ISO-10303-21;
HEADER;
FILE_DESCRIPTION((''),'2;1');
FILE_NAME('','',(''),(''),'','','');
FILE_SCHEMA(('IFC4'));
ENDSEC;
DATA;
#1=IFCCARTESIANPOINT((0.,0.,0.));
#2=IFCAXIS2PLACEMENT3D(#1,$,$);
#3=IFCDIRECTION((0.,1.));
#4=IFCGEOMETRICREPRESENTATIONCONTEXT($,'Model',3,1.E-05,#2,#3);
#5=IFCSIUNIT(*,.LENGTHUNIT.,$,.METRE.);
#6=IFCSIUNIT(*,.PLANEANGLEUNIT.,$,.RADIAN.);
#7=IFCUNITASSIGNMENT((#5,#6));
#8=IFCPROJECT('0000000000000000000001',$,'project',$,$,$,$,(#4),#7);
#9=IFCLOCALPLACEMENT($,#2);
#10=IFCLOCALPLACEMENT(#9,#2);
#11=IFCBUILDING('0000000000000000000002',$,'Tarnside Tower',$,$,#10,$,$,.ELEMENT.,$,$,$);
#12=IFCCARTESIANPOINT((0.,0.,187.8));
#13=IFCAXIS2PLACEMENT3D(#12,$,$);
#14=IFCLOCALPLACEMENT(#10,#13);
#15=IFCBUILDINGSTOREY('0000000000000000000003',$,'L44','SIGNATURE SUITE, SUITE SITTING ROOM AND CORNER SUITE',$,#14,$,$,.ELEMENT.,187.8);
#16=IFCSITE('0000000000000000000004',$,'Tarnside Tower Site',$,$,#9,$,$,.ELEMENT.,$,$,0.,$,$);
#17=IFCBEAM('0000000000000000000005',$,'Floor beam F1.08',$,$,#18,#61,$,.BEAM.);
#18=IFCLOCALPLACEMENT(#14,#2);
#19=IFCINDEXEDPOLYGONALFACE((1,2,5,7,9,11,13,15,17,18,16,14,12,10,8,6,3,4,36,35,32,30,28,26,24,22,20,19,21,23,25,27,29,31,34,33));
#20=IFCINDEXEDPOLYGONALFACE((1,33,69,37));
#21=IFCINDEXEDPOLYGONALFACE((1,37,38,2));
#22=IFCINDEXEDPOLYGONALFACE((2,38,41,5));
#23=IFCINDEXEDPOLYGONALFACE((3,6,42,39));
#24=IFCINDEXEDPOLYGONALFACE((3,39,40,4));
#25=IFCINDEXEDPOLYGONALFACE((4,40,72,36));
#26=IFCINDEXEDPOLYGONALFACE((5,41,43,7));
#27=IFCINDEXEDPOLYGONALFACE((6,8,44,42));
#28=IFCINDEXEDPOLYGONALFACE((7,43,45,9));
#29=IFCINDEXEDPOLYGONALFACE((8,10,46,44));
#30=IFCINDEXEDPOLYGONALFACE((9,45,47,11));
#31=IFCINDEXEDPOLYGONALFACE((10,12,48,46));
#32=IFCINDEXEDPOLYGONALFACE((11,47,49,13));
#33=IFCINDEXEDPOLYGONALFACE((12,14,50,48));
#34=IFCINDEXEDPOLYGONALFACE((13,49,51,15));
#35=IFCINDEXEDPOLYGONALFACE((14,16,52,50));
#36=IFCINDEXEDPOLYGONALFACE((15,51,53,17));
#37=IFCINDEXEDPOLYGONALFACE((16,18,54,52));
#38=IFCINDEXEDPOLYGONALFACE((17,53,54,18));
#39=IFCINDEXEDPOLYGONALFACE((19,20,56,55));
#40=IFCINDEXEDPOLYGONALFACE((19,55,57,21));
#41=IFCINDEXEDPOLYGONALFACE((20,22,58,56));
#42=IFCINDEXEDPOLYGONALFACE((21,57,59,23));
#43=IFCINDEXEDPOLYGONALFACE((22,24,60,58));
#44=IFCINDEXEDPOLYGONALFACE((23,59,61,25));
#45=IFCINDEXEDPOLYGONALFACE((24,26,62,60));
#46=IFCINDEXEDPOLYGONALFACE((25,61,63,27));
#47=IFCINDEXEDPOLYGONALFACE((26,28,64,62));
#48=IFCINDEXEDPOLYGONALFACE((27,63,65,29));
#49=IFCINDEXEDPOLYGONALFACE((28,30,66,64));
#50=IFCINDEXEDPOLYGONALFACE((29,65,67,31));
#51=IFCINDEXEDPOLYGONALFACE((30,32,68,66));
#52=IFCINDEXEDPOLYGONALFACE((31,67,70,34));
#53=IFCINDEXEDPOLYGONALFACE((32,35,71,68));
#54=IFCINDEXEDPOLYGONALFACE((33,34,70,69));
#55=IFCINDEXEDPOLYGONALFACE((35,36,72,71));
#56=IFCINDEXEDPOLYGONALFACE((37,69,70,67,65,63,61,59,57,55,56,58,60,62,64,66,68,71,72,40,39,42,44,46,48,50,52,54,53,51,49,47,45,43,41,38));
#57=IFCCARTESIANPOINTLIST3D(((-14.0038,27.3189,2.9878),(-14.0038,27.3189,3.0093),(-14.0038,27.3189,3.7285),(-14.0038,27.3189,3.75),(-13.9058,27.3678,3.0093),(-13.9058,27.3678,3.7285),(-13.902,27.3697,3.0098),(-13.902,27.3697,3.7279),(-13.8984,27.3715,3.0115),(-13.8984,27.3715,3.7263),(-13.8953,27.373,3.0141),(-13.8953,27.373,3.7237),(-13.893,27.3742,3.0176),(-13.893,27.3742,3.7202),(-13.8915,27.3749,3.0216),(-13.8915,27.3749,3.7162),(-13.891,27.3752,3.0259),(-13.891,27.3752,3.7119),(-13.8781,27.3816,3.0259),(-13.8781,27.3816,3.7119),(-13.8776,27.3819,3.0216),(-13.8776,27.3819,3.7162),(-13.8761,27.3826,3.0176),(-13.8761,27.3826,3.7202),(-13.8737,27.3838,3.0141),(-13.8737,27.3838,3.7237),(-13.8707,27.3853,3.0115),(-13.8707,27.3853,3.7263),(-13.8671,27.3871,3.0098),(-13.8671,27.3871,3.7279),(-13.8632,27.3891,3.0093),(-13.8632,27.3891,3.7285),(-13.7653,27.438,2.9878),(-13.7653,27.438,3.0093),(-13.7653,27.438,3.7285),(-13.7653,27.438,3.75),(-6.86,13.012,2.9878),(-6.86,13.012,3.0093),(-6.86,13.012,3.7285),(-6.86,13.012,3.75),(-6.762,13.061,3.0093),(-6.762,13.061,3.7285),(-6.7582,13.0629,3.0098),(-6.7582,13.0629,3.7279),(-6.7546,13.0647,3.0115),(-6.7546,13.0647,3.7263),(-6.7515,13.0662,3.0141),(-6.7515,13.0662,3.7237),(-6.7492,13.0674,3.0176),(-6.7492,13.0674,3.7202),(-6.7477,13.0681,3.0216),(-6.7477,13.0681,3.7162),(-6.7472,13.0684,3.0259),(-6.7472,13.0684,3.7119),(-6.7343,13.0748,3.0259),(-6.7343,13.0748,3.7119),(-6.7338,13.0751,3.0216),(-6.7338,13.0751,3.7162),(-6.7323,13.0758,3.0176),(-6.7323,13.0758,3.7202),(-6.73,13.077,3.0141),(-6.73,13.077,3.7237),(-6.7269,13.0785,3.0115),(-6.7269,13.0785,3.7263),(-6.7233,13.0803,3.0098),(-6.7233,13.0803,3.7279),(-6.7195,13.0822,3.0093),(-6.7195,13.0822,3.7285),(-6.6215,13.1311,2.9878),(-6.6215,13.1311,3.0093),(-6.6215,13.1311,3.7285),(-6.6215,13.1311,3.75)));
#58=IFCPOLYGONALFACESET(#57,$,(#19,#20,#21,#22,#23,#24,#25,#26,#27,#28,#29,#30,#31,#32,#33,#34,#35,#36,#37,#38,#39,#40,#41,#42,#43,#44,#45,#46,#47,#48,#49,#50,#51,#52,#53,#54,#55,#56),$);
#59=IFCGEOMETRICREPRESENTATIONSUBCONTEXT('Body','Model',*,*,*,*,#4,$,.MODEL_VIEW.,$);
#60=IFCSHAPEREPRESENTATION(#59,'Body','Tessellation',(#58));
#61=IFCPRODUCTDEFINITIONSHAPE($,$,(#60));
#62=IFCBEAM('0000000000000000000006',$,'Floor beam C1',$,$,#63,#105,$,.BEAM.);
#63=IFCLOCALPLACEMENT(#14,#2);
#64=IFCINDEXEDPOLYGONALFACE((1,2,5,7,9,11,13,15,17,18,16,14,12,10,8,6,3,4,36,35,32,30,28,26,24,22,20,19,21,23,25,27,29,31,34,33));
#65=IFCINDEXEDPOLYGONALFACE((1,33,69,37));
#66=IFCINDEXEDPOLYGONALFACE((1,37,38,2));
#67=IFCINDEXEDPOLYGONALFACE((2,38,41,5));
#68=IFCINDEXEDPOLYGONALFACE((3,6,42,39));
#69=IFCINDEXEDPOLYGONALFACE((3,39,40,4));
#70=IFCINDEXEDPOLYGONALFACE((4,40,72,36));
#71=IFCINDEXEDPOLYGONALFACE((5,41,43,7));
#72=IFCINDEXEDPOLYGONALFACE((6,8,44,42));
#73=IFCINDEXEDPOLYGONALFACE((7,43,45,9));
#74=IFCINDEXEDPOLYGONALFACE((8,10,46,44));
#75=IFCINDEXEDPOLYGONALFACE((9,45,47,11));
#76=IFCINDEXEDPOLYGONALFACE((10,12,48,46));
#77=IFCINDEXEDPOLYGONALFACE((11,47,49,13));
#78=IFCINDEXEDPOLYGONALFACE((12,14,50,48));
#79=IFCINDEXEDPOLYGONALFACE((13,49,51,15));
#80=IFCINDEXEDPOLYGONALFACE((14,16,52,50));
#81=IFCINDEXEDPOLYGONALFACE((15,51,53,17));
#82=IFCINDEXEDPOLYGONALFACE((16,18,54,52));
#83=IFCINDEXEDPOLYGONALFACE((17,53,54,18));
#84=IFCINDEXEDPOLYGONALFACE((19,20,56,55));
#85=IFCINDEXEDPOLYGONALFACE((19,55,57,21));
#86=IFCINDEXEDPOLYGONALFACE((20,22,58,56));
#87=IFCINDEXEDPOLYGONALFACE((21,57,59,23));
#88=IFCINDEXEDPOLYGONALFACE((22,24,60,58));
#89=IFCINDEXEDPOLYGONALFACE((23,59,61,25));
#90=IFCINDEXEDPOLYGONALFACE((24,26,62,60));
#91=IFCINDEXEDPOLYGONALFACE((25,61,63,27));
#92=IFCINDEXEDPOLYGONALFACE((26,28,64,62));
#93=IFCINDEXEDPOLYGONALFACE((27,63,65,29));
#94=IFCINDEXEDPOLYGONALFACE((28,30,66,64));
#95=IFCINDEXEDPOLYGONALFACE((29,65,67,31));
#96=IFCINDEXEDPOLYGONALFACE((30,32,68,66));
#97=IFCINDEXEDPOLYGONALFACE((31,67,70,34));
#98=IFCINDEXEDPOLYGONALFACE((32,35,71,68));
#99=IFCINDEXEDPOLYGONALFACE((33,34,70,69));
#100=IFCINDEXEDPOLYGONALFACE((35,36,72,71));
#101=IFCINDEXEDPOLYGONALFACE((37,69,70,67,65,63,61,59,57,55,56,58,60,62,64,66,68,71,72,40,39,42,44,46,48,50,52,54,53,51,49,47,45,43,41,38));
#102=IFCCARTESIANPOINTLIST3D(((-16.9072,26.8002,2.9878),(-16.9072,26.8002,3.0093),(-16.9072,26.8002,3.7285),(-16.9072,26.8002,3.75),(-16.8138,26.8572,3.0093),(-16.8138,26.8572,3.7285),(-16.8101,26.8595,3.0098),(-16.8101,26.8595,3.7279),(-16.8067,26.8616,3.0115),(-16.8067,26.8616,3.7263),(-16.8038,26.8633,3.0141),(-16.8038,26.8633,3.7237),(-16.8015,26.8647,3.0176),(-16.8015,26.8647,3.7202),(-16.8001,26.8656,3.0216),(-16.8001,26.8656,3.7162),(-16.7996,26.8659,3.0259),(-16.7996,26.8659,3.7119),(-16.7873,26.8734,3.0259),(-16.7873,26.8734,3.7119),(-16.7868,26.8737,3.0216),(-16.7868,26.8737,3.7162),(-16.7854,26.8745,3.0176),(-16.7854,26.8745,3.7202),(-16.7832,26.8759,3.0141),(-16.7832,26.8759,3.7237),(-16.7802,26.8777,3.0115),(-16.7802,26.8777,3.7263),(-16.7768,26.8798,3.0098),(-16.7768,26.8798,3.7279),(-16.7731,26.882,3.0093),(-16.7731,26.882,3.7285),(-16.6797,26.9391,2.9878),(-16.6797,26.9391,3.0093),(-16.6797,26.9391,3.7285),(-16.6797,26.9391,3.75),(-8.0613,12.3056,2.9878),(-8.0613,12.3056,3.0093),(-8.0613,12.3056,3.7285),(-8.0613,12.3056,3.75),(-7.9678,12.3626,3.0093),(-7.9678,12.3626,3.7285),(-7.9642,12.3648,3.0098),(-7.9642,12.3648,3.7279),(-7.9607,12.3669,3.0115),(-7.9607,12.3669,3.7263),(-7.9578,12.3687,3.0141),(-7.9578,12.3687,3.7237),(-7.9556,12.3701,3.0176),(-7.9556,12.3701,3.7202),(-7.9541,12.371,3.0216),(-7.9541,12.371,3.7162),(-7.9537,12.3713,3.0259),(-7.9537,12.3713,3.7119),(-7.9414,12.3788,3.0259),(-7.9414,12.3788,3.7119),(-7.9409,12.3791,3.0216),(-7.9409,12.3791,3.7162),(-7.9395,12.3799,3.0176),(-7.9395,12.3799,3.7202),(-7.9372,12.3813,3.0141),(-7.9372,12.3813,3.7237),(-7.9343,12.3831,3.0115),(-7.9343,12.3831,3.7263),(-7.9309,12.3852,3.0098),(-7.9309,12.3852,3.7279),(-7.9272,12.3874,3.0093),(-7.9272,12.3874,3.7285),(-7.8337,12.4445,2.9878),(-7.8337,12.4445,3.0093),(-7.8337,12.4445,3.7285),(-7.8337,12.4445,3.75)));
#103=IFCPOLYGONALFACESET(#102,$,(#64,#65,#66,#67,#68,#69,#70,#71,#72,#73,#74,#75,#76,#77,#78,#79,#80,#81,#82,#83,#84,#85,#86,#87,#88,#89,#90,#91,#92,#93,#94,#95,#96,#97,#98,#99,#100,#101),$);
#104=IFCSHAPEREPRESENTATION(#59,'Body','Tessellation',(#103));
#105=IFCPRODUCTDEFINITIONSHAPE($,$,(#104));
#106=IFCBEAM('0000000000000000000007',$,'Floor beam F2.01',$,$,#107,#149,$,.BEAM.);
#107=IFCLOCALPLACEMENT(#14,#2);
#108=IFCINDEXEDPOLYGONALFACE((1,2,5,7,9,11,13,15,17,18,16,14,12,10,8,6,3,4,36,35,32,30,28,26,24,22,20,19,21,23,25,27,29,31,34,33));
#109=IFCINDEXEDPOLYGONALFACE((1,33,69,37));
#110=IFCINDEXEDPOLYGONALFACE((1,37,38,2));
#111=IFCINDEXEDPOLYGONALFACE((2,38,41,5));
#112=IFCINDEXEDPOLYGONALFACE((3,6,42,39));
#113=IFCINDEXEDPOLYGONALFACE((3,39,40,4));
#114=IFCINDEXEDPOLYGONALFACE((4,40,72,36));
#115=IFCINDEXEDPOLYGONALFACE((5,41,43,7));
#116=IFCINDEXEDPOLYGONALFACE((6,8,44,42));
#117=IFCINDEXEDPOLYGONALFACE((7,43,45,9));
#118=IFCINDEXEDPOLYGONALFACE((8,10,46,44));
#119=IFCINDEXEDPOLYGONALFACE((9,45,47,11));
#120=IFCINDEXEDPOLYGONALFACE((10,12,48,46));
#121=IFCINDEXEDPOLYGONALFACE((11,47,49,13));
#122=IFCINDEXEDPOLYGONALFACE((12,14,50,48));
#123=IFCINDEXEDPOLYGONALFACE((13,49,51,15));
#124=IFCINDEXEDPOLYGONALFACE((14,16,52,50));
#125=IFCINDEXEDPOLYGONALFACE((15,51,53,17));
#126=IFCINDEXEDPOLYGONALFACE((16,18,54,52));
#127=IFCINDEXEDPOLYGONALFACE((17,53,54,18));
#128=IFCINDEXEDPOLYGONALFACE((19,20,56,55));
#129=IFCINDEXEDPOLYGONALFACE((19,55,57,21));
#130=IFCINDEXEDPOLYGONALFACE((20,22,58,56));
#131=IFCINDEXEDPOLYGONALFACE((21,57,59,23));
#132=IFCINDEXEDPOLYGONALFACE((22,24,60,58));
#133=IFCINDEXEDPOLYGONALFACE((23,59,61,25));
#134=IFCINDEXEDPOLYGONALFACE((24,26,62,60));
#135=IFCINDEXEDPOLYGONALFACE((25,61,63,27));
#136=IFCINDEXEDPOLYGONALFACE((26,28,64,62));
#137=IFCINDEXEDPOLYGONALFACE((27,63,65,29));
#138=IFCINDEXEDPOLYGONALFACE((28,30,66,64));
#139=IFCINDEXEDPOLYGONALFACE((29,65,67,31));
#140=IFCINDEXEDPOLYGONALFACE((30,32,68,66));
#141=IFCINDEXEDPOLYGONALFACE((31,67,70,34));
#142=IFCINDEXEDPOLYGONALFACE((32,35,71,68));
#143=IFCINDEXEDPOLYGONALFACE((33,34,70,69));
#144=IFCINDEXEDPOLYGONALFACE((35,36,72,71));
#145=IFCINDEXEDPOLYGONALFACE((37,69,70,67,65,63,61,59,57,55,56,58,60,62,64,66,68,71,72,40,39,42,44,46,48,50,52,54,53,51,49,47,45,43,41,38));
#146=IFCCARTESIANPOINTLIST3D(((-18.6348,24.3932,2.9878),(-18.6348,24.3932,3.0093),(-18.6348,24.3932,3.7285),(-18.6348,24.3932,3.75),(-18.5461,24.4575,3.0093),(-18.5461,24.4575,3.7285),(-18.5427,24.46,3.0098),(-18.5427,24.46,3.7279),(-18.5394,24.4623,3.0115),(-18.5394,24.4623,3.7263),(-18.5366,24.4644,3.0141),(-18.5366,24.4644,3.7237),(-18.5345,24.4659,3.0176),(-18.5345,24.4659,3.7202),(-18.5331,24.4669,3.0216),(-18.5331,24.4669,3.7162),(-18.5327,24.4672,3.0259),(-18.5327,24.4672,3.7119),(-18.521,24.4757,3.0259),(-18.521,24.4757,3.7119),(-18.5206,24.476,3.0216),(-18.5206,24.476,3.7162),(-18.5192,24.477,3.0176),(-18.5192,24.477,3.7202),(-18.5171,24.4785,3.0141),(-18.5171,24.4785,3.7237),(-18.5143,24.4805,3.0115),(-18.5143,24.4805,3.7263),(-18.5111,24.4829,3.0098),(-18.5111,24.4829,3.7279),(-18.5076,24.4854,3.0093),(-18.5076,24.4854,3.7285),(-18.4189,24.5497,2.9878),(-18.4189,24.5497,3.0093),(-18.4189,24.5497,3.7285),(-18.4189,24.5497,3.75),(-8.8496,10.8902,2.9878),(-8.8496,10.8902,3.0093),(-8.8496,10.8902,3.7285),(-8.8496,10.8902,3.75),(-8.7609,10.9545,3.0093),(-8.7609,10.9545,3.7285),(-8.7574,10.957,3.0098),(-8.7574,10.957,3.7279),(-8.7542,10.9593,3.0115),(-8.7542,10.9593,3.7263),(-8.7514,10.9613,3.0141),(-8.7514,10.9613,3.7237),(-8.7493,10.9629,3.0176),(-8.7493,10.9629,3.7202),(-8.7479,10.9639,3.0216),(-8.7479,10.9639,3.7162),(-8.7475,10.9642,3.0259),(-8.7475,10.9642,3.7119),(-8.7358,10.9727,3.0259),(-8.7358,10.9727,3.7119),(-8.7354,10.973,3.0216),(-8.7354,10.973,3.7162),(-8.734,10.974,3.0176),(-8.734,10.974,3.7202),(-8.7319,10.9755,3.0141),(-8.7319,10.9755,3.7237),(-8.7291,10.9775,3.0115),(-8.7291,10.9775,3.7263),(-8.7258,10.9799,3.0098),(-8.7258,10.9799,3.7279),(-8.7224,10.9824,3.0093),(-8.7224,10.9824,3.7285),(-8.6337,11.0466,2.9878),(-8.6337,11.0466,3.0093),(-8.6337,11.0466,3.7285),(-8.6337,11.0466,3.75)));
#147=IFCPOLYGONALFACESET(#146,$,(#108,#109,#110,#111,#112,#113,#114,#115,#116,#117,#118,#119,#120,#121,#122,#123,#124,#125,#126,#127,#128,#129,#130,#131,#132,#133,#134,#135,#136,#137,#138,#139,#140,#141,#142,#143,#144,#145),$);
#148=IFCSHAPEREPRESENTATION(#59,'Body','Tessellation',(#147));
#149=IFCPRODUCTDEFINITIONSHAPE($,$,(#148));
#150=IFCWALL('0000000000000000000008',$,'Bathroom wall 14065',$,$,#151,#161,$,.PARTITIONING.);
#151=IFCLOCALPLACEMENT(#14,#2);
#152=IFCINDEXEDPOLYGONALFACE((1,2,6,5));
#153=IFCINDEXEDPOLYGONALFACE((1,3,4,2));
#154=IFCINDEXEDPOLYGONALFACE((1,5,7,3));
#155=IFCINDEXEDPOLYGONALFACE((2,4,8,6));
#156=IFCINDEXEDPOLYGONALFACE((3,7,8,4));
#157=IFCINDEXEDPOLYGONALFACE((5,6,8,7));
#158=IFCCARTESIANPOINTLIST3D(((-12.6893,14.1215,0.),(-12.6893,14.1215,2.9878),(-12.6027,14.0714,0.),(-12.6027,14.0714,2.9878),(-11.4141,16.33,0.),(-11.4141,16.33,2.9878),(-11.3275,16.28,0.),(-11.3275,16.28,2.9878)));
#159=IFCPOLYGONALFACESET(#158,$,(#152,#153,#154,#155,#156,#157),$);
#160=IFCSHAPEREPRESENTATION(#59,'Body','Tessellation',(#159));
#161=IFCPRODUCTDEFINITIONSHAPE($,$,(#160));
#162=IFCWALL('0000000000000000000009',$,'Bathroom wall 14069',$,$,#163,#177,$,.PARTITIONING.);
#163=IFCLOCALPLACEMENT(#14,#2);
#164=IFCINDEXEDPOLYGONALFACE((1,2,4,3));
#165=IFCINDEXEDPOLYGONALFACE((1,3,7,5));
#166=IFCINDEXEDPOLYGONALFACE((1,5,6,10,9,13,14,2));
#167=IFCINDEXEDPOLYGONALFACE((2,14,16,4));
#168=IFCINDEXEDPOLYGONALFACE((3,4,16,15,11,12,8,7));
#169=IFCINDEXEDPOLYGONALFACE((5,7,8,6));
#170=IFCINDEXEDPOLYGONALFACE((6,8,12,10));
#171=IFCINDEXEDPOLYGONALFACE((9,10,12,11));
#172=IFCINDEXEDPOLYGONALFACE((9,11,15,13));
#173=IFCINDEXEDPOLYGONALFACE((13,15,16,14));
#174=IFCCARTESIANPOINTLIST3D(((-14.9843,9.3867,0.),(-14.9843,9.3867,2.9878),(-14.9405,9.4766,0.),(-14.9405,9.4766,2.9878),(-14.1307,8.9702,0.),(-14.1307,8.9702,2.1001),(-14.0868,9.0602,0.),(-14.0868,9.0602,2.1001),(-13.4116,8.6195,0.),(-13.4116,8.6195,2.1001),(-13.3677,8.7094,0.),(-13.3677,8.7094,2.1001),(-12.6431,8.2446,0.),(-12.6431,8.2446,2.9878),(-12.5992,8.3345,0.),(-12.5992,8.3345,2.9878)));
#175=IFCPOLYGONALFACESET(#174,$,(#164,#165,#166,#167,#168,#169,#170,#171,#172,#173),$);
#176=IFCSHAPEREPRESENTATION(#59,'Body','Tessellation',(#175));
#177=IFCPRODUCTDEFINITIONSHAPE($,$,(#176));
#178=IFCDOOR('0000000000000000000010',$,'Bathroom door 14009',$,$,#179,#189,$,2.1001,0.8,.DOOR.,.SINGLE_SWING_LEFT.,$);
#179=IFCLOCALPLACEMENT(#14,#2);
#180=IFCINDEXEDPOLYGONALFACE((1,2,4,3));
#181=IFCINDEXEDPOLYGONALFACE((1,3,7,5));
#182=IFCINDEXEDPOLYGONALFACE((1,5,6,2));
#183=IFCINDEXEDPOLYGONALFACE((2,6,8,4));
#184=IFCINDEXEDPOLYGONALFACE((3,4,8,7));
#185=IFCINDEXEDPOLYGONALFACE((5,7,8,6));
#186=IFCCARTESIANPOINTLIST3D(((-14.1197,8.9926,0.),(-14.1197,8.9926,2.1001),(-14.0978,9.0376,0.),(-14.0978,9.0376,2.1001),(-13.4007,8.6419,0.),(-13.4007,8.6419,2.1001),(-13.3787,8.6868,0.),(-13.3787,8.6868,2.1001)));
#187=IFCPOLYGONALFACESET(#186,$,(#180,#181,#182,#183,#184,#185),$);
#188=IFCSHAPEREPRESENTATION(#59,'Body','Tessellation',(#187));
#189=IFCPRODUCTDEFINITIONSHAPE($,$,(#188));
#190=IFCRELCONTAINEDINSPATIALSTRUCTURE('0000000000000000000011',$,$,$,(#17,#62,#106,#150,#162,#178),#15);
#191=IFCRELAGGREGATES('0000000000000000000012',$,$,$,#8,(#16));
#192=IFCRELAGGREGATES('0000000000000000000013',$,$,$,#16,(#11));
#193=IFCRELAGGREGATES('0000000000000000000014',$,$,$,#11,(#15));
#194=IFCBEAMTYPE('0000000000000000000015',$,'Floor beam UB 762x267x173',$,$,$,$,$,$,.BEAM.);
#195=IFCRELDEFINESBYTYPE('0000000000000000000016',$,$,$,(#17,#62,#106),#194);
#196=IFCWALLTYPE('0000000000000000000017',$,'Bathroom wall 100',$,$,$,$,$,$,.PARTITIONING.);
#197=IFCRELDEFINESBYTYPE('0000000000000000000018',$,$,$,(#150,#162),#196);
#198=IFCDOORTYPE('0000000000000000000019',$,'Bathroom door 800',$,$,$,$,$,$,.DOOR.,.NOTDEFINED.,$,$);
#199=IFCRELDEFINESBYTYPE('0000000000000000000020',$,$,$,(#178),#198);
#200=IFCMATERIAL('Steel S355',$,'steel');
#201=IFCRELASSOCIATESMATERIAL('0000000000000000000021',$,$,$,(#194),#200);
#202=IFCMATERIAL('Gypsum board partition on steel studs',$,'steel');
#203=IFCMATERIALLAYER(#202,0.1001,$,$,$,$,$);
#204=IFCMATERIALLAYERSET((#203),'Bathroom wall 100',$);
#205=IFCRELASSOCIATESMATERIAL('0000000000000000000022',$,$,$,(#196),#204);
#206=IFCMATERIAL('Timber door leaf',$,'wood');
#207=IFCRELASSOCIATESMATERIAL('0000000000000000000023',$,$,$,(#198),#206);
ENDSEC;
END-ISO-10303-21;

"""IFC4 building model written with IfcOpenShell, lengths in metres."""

from ifc_helpers import new_model, si_unit, direction, frame, frame_2d, origin, origin_2d, place, context, subcontext, project, spatial, rectangle, i_section, extrude, material, layer, layer_set, material_profile, profile_set, type_object, element, fill, save


model = new_model("IFC4")

# Units and contexts
model_context = context("Model", 3, precision=1e-05, world=origin(), true_north=direction((0.0, 1.0)))
body_context = subcontext(model_context, "Body", "Model", "MODEL_VIEW")
ifc_project = project(units=[si_unit("LENGTHUNIT", "METRE"), si_unit("PLANEANGLEUNIT", "RADIAN")], contexts=[model_context])

# Site, building, storey
site_placement = place(None, origin())
site = spatial("IfcSite", under=ifc_project, at=site_placement, Name="Tarnside Tower Site", CompositionType="ELEMENT", RefElevation=0.0)
building_placement = place(site_placement, origin())
building = spatial("IfcBuilding", under=site, at=building_placement, Name="Tarnside Tower", CompositionType="ELEMENT")
storey_placement = place(building_placement, frame((0.0, 0.0, 187.8)))
storey = spatial("IfcBuildingStorey", under=building, at=storey_placement, Name="L44", Description="SIGNATURE SUITE, SUITE SITTING ROOM AND CORNER SUITE", CompositionType="ELEMENT", Elevation=187.8)

# Beams
ifc_material_1 = material(Name="Steel S355", Category="steel")
ifc_material_profile_1 = material_profile(ifc_material_1, i_section(OverallWidth=0.2666, OverallDepth=0.7622, WebThickness=0.0144, FlangeThickness=0.0215, FilletRadius=0.0166, at=origin_2d()), Name="UB 762x267x173")
ifc_profile_set_1 = profile_set([ifc_material_profile_1], Name="Steel S355")
beam_type_1 = type_object("IfcBeamType", Name="Floor beam UB 762x267x173", PredefinedType="BEAM", material=ifc_profile_set_1)
beam_1_placement = place(storey_placement, frame((-13.8845, 27.3784, 3.3689), z_axis=(0.446731, -0.894668, 0.0), x_axis=(0.894668, 0.446731, 0.0)))
element("IfcBeam", 1, at=beam_1_placement, inside=storey, type_object=beam_type_1, Name="Floor beam F1.08", PredefinedType="BEAM", context=body_context, shape_type="SweptSolid", body=[
    extrude(i_section(OverallWidth=0.2666, OverallDepth=0.7622, WebThickness=0.0144, FlangeThickness=0.0215, FilletRadius=0.0166, at=origin_2d()), origin(), (0.0, 0.0, 1.0), 15.9912),
])
beam_2_placement = place(storey_placement, frame((-16.7935, 26.8696, 3.3689), z_axis=(0.52094, -0.853593, 0.0), x_axis=(0.853593, 0.52094, 0.0)))
element("IfcBeam", 2, at=beam_2_placement, inside=storey, type_object=beam_type_1, Name="Floor beam C1", PredefinedType="BEAM", context=body_context, shape_type="SweptSolid", body=[
    extrude(i_section(OverallWidth=0.2666, OverallDepth=0.7622, WebThickness=0.0144, FlangeThickness=0.0215, FilletRadius=0.0166, at=origin_2d()), origin(), (0.0, 0.0, 1.0), 16.9807),
])
beam_3_placement = place(storey_placement, frame((-18.5269, 24.4714, 3.3689), z_axis=(0.586792, -0.809738, 0.0), x_axis=(0.809738, 0.586792, 0.0)))
element("IfcBeam", 3, at=beam_3_placement, inside=storey, type_object=beam_type_1, Name="Floor beam F2.01", PredefinedType="BEAM", context=body_context, shape_type="SweptSolid", body=[
    extrude(i_section(OverallWidth=0.2666, OverallDepth=0.7622, WebThickness=0.0144, FlangeThickness=0.0215, FilletRadius=0.0166, at=origin_2d()), origin(), (0.0, 0.0, 1.0), 16.6758),
])

# Wall
ifc_material_2 = material(Name="Gypsum board partition on steel studs", Category="steel")
ifc_layer_1 = layer(ifc_material_2, 0.1001)
ifc_layer_set_1 = layer_set([ifc_layer_1], Name="Bathroom wall 100")
wall_type_1 = type_object("IfcWallType", Name="Bathroom wall 100", PredefinedType="PARTITIONING", material=ifc_layer_set_1)
wall_1_placement = place(storey_placement, frame((-12.646, 14.0964, 0.0), z_axis=(0.0, 0.0, 1.0), x_axis=(0.500021, 0.866013, 0.0)))
element("IfcWall", 4, at=wall_1_placement, inside=storey, type_object=wall_type_1, Name="Bathroom wall 14065", PredefinedType="PARTITIONING", context=body_context, shape_type="SweptSolid", body=[
    extrude(rectangle(XDim=2.5503, YDim=0.1001, at=frame_2d((1.2751, 0.0))), origin(), (0.0, 0.0, 1.0), 2.9878),
])

# Wall, opening, door
wall_2_placement = place(storey_placement, frame((-14.9624, 9.4316, 0.0), z_axis=(0.0, 0.0, 1.0), x_axis=(0.89877, -0.43842, 0.0)))
wall_2 = element("IfcWall", 5, at=wall_2_placement, inside=storey, type_object=wall_type_1, Name="Bathroom wall 14069", PredefinedType="PARTITIONING", context=body_context, shape_type="SweptSolid", body=[
    extrude(rectangle(XDim=2.605, YDim=0.1001, at=frame_2d((1.3025, 0.0))), origin(), (0.0, 0.0, 1.0), 2.9878),
])
opening_1_placement = place(wall_2_placement, frame((0.95, 0.0, 0.0)))
opening_1 = element("IfcOpeningElement", 6, at=opening_1_placement, cuts=wall_2, PredefinedType="OPENING", context=body_context, shape_type="SweptSolid", body=[
    extrude(rectangle(XDim=0.8, YDim=2.1001, at=frame_2d((0.3999, 1.05))), frame((0.0, 0.0601, 0.0), z_axis=(0.0, -1.0, 0.0), x_axis=(1.0, 0.0, 0.0)), (0.0, 0.0, 1.0), 0.1201),
])
ifc_material_3 = material(Name="Timber door leaf", Category="wood")
door_type = type_object("IfcDoorType", Name="Bathroom door 800", OperationType="NOTDEFINED", PredefinedType="DOOR", material=ifc_material_3)
door_placement = place(opening_1_placement, origin())
door = element("IfcDoor", 7, at=door_placement, inside=storey, type_object=door_type, Name="Bathroom door 14009", OperationType="SINGLE_SWING_LEFT", OverallHeight=2.1001, OverallWidth=0.8, PredefinedType="DOOR", context=body_context, shape_type="SweptSolid", body=[
    extrude(rectangle(XDim=0.8, YDim=2.1001, at=frame_2d((0.3999, 1.05))), frame((0.0, 0.0249, 0.0), z_axis=(0.0, -1.0, 0.0), x_axis=(1.0, 0.0, 0.0)), (0.0, 0.0, 1.0), 0.05),
])
fill(opening_1, door)

save(model, "model.ifc")
